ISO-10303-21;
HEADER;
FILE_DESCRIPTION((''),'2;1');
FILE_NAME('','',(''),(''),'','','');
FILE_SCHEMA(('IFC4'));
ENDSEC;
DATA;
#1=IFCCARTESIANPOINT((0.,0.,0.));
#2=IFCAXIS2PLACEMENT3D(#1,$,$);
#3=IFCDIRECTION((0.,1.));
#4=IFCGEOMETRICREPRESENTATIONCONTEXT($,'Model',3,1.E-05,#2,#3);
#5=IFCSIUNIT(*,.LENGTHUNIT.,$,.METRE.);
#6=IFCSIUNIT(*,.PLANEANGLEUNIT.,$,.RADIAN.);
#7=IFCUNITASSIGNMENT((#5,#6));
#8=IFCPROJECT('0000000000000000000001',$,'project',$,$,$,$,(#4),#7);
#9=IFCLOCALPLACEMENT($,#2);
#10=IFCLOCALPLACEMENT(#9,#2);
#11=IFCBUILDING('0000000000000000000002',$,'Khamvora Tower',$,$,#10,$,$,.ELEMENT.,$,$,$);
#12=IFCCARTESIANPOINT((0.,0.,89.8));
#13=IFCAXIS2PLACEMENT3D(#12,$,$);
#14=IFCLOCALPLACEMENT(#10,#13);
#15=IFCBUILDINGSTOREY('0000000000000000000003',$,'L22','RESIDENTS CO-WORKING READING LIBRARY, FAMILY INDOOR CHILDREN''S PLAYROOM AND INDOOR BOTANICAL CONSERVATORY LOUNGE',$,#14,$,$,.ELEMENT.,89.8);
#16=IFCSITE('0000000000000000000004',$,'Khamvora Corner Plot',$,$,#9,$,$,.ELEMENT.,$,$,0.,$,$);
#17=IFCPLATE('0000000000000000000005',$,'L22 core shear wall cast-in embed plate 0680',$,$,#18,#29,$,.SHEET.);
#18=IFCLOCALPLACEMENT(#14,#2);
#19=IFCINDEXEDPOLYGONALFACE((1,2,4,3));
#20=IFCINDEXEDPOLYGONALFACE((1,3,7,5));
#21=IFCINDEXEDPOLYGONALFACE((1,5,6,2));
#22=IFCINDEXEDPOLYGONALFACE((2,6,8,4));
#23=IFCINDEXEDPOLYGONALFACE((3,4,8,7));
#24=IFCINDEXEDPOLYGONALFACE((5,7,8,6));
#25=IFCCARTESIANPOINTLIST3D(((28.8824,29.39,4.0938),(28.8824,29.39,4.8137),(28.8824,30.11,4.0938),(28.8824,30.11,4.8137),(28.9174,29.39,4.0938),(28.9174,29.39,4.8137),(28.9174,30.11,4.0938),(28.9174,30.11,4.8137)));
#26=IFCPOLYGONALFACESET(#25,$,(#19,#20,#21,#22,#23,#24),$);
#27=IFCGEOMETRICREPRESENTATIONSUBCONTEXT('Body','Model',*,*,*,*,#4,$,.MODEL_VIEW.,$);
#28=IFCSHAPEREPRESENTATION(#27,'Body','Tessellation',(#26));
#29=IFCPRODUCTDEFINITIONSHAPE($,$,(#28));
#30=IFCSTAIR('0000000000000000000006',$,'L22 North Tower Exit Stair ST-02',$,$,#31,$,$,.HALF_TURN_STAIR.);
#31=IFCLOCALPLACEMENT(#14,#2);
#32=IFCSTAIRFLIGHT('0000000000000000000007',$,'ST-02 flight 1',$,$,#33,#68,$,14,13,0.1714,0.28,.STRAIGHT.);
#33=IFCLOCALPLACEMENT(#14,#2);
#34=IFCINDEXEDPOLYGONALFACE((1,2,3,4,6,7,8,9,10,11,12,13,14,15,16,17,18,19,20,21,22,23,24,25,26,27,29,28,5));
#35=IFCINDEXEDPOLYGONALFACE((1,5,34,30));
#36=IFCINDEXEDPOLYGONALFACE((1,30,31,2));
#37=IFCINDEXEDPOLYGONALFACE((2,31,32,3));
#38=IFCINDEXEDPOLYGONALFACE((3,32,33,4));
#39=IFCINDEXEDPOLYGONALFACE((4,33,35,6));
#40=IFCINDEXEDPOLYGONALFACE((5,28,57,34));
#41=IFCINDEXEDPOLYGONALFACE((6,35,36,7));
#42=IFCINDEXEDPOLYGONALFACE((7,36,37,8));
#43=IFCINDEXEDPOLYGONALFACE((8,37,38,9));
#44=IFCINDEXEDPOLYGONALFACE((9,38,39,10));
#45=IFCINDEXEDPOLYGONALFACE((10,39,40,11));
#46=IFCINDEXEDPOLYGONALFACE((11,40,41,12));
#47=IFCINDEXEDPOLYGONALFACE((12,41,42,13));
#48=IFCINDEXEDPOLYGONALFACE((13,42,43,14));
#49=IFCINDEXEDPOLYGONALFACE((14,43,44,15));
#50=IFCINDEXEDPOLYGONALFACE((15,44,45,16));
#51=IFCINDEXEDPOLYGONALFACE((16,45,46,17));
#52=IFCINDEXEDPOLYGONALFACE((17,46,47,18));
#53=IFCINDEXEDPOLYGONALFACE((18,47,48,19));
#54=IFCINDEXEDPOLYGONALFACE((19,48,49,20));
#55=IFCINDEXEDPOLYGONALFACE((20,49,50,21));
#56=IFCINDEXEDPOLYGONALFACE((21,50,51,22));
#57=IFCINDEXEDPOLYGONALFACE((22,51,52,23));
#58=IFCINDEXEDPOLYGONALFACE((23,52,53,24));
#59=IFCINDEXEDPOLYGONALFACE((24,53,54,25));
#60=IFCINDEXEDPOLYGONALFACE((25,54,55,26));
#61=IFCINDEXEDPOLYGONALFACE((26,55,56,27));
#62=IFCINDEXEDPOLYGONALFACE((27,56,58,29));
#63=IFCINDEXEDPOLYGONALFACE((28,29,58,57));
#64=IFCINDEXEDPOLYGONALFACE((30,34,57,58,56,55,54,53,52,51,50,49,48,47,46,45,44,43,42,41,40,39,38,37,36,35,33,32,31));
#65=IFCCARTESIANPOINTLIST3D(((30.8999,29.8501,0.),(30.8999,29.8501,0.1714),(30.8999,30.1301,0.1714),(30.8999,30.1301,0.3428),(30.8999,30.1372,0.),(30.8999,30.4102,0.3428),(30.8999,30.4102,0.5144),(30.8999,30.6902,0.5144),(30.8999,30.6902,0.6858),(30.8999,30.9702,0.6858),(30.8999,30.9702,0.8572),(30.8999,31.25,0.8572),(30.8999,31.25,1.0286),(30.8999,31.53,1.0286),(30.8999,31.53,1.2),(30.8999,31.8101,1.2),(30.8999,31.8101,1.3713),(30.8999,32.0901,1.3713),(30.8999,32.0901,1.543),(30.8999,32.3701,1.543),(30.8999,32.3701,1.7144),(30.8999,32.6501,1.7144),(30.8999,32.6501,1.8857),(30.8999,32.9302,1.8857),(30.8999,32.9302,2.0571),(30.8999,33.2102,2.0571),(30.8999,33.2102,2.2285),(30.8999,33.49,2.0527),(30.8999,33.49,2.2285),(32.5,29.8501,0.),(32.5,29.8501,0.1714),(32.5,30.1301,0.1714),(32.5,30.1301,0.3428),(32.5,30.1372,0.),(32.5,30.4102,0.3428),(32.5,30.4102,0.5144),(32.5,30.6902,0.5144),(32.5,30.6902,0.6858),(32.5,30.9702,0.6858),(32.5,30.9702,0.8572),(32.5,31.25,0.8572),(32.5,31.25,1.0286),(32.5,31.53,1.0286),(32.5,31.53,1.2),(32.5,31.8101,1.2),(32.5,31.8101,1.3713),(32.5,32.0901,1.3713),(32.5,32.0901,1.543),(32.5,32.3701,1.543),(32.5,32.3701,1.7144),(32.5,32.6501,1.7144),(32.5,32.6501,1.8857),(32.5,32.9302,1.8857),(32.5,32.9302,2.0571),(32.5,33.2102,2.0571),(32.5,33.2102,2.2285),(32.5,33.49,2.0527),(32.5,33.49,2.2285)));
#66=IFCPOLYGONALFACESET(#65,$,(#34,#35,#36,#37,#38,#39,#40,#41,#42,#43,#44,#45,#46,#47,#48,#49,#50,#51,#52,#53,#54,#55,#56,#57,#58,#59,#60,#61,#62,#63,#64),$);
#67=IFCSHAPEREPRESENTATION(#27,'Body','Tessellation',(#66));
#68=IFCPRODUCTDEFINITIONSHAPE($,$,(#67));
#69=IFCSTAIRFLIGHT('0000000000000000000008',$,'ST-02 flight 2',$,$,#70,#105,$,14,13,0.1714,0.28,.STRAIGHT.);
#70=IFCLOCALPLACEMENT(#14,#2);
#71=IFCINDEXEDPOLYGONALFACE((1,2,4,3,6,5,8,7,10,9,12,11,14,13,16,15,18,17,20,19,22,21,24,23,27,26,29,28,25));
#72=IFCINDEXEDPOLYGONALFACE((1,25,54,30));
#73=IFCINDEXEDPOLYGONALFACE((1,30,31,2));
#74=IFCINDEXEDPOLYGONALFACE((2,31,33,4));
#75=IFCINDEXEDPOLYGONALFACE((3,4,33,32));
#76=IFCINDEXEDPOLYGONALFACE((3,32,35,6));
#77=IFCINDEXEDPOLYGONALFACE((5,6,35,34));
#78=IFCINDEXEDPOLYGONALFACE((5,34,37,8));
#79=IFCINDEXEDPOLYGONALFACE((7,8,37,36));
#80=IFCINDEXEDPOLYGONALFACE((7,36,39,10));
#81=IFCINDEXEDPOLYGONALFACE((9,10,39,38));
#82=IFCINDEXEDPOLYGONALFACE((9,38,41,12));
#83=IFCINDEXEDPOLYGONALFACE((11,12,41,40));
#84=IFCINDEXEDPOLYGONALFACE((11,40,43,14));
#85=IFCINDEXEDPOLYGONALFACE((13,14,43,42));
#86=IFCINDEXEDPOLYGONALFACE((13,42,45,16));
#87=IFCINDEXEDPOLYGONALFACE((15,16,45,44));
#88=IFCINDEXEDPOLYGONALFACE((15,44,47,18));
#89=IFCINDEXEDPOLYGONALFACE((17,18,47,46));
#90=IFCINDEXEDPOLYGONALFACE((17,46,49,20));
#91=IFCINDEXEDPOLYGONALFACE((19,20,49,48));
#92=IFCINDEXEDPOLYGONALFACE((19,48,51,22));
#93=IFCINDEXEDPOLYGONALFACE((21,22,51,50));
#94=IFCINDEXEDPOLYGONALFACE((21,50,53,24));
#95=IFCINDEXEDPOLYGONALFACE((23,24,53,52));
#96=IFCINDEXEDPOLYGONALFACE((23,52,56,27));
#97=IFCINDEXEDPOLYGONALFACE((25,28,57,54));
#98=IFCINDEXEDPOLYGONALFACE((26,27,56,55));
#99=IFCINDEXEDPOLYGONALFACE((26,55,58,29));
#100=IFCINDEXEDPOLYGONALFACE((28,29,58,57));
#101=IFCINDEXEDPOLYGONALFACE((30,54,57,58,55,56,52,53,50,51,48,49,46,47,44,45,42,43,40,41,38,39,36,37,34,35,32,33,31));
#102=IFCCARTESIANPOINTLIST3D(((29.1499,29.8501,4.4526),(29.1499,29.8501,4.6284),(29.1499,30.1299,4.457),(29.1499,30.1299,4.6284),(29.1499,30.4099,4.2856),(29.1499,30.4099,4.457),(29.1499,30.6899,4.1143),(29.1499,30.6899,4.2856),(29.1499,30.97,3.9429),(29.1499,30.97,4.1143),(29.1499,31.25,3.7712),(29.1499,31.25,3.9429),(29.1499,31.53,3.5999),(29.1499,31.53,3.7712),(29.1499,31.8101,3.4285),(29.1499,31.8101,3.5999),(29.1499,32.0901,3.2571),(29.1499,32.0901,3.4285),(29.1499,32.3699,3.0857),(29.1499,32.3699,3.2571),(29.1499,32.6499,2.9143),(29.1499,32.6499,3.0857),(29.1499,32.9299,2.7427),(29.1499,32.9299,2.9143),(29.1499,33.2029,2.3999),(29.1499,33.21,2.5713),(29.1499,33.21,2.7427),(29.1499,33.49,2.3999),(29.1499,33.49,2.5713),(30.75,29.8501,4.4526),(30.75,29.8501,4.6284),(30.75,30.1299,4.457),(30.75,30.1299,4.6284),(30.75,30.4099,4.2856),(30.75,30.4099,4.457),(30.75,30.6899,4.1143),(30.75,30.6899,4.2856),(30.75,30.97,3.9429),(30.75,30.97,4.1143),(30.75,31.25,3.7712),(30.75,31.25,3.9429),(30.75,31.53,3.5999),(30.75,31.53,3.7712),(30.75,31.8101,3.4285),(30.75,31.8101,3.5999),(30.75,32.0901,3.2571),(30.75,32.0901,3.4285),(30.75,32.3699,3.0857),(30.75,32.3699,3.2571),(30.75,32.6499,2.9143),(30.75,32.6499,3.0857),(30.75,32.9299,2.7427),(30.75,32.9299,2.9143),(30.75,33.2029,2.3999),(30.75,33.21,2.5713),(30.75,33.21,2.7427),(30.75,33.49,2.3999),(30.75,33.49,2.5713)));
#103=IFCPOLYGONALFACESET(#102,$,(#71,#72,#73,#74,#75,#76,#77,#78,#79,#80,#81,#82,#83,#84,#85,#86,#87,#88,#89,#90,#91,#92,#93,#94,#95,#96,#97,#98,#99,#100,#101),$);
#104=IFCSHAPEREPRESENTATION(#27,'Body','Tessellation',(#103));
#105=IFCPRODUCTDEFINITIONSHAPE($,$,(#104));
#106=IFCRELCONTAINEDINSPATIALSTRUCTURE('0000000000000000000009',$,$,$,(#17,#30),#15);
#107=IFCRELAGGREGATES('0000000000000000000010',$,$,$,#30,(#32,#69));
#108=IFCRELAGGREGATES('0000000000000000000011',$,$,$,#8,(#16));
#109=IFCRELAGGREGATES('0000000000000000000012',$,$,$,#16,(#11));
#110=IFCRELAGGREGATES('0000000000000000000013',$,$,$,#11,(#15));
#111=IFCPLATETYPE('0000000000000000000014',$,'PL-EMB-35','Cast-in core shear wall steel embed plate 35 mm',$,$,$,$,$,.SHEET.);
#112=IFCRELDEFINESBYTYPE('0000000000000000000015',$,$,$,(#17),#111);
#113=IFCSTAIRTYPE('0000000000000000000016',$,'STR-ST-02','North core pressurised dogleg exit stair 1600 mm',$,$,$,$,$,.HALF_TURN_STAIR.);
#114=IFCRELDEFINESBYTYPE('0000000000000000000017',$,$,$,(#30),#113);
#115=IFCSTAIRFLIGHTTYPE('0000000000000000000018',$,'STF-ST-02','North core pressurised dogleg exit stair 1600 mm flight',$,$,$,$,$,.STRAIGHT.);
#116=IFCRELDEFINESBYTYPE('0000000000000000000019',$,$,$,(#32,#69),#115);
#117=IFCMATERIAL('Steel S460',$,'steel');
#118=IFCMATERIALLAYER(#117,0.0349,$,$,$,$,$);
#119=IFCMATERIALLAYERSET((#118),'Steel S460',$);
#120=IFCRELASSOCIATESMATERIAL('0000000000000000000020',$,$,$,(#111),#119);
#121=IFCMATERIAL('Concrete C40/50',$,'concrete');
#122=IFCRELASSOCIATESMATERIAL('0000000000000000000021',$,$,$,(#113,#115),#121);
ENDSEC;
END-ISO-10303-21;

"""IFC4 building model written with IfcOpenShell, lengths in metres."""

from ifc_helpers import new_model, si_unit, direction, frame, origin, origin_2d, place, context, subcontext, project, spatial, polyline, rectangle, outline, extrude, material, layer, layer_set, type_object, element, aggregate, save


model = new_model("IFC4")

# Units and contexts
model_context = context("Model", 3, precision=1e-05, world=origin(), true_north=direction((0.0, 1.0)))
body_context = subcontext(model_context, "Body", "Model", "MODEL_VIEW")
ifc_project = project(units=[si_unit("LENGTHUNIT", "METRE"), si_unit("PLANEANGLEUNIT", "RADIAN")], contexts=[model_context])

# Site, building, storey
site_placement = place(None, origin())
site = spatial("IfcSite", under=ifc_project, at=site_placement, Name="Khamvora Corner Plot", CompositionType="ELEMENT", RefElevation=0.0)
building_placement = place(site_placement, origin())
building = spatial("IfcBuilding", under=site, at=building_placement, Name="Khamvora Tower", CompositionType="ELEMENT")
storey_placement = place(building_placement, frame((0.0, 0.0, 89.8)))
storey = spatial("IfcBuildingStorey", under=building, at=storey_placement, Name="L22", Description="RESIDENTS CO-WORKING READING LIBRARY, FAMILY INDOOR CHILDREN'S PLAYROOM AND INDOOR BOTANICAL CONSERVATORY LOUNGE", CompositionType="ELEMENT", Elevation=89.8)

# Shared definitions
ifc_material_1 = material(Name="Steel S460", Category="steel")

# Plate
ifc_layer = layer(ifc_material_1, 0.0349)
ifc_layer_set = layer_set([ifc_layer], Name="Steel S460")
plate_type = type_object("IfcPlateType", Name="PL-EMB-35", Description="Cast-in core shear wall steel embed plate 35 mm", PredefinedType="SHEET", material=ifc_layer_set)
for number, where, z_axis, x_axis, name in (
    (1, (28.8999, 29.75, 4.0938), (0.0, 0.0, 1.0), (1.0, 0.0, 0.0), "L22 core shear wall cast-in embed plate 0680"),
):
    element("IfcPlate", number, at=place(storey_placement, frame(where, z_axis=z_axis, x_axis=x_axis)), inside=storey, type_object=plate_type, Name=name, PredefinedType="SHEET", context=body_context, shape_type="SweptSolid", body=[
        extrude(rectangle(XDim=0.0349, YDim=0.72, at=origin_2d()), origin(), (0.0, 0.0, 1.0), 0.72),
    ])

# Stair, stair flights
ifc_material_2 = material(Name="Concrete C40/50", Category="concrete")
stair_type = type_object("IfcStairType", Name="STR-ST-02", Description="North core pressurised dogleg exit stair 1600 mm", PredefinedType="HALF_TURN_STAIR", material=ifc_material_2)
stair_placement = place(storey_placement, origin())
stair = element("IfcStair", 2, at=stair_placement, inside=storey, type_object=stair_type, Name="L22 North Tower Exit Stair ST-02", PredefinedType="HALF_TURN_STAIR")
stair_flight_type = type_object("IfcStairFlightType", Name="STF-ST-02", Description="North core pressurised dogleg exit stair 1600 mm flight", PredefinedType="STRAIGHT", material=ifc_material_2)
stair_flight_1_placement = place(storey_placement, frame((31.7, 29.8501, 0.0), z_axis=(0.0, 0.0, 1.0), x_axis=(0.0, 1.0, 0.0)))
stair_flight_1 = element("IfcStairFlight", 3, at=stair_flight_1_placement, type_object=stair_flight_type, Name="ST-02 flight 1", NumberOfRisers=14, NumberOfTreads=13, PredefinedType="STRAIGHT", RiserHeight=0.1714, TreadLength=0.28, context=body_context, shape_type="SweptSolid", body=[
    extrude(outline(polyline([(0.0, 0.0), (0.0, 0.1714), (0.28, 0.1714), (0.28, 0.3428), (0.5601, 0.3428), (0.5601, 0.5144), (0.8401, 0.5144), (0.8401, 0.6858), (1.1201, 0.6858), (1.1201, 0.8572), (1.3999, 0.8572), (1.3999, 1.0286), (1.6799, 1.0286), (1.6799, 1.2), (1.96, 1.2), (1.96, 1.3713), (2.24, 1.3713), (2.24, 1.543), (2.52, 1.543), (2.52, 1.7144), (2.8, 1.7144), (2.8, 1.8857), (3.0801, 1.8857), (3.0801, 2.0571), (3.3601, 2.0571), (3.3601, 2.2285), (3.6399, 2.2285), (3.6399, 2.3999), (3.6399, 2.0527), (0.2871, 0.0), (0.0, 0.0)])), frame((0.0, 0.8, 0.0), z_axis=(0.0, -1.0, 0.0), x_axis=(1.0, 0.0, 0.0)), (0.0, 0.0, 1.0), 1.6001),
])
stair_flight_2_placement = place(storey_placement, frame((29.95, 33.49, 2.3999), z_axis=(0.0, 0.0, 1.0), x_axis=(0.0, -1.0, 0.0)))
stair_flight_2 = element("IfcStairFlight", 4, at=stair_flight_2_placement, type_object=stair_flight_type, Name="ST-02 flight 2", NumberOfRisers=14, NumberOfTreads=13, PredefinedType="STRAIGHT", RiserHeight=0.1714, TreadLength=0.28, context=body_context, shape_type="SweptSolid", body=[
    extrude(outline(polyline([(0.0, 0.0), (0.0, 0.1714), (0.28, 0.1714), (0.28, 0.3428), (0.5601, 0.3428), (0.5601, 0.5144), (0.8401, 0.5144), (0.8401, 0.6858), (1.1201, 0.6858), (1.1201, 0.8572), (1.3999, 0.8572), (1.3999, 1.0286), (1.6799, 1.0286), (1.6799, 1.2), (1.96, 1.2), (1.96, 1.3713), (2.24, 1.3713), (2.24, 1.543), (2.52, 1.543), (2.52, 1.7144), (2.8, 1.7144), (2.8, 1.8857), (3.0801, 1.8857), (3.0801, 2.0571), (3.3601, 2.0571), (3.3601, 2.2285), (3.6399, 2.2285), (3.6399, 2.3999), (3.6399, 2.0527), (0.2871, 0.0), (0.0, 0.0)])), frame((0.0, 0.8, 0.0), z_axis=(0.0, -1.0, 0.0), x_axis=(1.0, 0.0, 0.0)), (0.0, 0.0, 1.0), 1.6001),
])
aggregate(stair, [stair_flight_1, stair_flight_2])

save(model, "model.ifc")
